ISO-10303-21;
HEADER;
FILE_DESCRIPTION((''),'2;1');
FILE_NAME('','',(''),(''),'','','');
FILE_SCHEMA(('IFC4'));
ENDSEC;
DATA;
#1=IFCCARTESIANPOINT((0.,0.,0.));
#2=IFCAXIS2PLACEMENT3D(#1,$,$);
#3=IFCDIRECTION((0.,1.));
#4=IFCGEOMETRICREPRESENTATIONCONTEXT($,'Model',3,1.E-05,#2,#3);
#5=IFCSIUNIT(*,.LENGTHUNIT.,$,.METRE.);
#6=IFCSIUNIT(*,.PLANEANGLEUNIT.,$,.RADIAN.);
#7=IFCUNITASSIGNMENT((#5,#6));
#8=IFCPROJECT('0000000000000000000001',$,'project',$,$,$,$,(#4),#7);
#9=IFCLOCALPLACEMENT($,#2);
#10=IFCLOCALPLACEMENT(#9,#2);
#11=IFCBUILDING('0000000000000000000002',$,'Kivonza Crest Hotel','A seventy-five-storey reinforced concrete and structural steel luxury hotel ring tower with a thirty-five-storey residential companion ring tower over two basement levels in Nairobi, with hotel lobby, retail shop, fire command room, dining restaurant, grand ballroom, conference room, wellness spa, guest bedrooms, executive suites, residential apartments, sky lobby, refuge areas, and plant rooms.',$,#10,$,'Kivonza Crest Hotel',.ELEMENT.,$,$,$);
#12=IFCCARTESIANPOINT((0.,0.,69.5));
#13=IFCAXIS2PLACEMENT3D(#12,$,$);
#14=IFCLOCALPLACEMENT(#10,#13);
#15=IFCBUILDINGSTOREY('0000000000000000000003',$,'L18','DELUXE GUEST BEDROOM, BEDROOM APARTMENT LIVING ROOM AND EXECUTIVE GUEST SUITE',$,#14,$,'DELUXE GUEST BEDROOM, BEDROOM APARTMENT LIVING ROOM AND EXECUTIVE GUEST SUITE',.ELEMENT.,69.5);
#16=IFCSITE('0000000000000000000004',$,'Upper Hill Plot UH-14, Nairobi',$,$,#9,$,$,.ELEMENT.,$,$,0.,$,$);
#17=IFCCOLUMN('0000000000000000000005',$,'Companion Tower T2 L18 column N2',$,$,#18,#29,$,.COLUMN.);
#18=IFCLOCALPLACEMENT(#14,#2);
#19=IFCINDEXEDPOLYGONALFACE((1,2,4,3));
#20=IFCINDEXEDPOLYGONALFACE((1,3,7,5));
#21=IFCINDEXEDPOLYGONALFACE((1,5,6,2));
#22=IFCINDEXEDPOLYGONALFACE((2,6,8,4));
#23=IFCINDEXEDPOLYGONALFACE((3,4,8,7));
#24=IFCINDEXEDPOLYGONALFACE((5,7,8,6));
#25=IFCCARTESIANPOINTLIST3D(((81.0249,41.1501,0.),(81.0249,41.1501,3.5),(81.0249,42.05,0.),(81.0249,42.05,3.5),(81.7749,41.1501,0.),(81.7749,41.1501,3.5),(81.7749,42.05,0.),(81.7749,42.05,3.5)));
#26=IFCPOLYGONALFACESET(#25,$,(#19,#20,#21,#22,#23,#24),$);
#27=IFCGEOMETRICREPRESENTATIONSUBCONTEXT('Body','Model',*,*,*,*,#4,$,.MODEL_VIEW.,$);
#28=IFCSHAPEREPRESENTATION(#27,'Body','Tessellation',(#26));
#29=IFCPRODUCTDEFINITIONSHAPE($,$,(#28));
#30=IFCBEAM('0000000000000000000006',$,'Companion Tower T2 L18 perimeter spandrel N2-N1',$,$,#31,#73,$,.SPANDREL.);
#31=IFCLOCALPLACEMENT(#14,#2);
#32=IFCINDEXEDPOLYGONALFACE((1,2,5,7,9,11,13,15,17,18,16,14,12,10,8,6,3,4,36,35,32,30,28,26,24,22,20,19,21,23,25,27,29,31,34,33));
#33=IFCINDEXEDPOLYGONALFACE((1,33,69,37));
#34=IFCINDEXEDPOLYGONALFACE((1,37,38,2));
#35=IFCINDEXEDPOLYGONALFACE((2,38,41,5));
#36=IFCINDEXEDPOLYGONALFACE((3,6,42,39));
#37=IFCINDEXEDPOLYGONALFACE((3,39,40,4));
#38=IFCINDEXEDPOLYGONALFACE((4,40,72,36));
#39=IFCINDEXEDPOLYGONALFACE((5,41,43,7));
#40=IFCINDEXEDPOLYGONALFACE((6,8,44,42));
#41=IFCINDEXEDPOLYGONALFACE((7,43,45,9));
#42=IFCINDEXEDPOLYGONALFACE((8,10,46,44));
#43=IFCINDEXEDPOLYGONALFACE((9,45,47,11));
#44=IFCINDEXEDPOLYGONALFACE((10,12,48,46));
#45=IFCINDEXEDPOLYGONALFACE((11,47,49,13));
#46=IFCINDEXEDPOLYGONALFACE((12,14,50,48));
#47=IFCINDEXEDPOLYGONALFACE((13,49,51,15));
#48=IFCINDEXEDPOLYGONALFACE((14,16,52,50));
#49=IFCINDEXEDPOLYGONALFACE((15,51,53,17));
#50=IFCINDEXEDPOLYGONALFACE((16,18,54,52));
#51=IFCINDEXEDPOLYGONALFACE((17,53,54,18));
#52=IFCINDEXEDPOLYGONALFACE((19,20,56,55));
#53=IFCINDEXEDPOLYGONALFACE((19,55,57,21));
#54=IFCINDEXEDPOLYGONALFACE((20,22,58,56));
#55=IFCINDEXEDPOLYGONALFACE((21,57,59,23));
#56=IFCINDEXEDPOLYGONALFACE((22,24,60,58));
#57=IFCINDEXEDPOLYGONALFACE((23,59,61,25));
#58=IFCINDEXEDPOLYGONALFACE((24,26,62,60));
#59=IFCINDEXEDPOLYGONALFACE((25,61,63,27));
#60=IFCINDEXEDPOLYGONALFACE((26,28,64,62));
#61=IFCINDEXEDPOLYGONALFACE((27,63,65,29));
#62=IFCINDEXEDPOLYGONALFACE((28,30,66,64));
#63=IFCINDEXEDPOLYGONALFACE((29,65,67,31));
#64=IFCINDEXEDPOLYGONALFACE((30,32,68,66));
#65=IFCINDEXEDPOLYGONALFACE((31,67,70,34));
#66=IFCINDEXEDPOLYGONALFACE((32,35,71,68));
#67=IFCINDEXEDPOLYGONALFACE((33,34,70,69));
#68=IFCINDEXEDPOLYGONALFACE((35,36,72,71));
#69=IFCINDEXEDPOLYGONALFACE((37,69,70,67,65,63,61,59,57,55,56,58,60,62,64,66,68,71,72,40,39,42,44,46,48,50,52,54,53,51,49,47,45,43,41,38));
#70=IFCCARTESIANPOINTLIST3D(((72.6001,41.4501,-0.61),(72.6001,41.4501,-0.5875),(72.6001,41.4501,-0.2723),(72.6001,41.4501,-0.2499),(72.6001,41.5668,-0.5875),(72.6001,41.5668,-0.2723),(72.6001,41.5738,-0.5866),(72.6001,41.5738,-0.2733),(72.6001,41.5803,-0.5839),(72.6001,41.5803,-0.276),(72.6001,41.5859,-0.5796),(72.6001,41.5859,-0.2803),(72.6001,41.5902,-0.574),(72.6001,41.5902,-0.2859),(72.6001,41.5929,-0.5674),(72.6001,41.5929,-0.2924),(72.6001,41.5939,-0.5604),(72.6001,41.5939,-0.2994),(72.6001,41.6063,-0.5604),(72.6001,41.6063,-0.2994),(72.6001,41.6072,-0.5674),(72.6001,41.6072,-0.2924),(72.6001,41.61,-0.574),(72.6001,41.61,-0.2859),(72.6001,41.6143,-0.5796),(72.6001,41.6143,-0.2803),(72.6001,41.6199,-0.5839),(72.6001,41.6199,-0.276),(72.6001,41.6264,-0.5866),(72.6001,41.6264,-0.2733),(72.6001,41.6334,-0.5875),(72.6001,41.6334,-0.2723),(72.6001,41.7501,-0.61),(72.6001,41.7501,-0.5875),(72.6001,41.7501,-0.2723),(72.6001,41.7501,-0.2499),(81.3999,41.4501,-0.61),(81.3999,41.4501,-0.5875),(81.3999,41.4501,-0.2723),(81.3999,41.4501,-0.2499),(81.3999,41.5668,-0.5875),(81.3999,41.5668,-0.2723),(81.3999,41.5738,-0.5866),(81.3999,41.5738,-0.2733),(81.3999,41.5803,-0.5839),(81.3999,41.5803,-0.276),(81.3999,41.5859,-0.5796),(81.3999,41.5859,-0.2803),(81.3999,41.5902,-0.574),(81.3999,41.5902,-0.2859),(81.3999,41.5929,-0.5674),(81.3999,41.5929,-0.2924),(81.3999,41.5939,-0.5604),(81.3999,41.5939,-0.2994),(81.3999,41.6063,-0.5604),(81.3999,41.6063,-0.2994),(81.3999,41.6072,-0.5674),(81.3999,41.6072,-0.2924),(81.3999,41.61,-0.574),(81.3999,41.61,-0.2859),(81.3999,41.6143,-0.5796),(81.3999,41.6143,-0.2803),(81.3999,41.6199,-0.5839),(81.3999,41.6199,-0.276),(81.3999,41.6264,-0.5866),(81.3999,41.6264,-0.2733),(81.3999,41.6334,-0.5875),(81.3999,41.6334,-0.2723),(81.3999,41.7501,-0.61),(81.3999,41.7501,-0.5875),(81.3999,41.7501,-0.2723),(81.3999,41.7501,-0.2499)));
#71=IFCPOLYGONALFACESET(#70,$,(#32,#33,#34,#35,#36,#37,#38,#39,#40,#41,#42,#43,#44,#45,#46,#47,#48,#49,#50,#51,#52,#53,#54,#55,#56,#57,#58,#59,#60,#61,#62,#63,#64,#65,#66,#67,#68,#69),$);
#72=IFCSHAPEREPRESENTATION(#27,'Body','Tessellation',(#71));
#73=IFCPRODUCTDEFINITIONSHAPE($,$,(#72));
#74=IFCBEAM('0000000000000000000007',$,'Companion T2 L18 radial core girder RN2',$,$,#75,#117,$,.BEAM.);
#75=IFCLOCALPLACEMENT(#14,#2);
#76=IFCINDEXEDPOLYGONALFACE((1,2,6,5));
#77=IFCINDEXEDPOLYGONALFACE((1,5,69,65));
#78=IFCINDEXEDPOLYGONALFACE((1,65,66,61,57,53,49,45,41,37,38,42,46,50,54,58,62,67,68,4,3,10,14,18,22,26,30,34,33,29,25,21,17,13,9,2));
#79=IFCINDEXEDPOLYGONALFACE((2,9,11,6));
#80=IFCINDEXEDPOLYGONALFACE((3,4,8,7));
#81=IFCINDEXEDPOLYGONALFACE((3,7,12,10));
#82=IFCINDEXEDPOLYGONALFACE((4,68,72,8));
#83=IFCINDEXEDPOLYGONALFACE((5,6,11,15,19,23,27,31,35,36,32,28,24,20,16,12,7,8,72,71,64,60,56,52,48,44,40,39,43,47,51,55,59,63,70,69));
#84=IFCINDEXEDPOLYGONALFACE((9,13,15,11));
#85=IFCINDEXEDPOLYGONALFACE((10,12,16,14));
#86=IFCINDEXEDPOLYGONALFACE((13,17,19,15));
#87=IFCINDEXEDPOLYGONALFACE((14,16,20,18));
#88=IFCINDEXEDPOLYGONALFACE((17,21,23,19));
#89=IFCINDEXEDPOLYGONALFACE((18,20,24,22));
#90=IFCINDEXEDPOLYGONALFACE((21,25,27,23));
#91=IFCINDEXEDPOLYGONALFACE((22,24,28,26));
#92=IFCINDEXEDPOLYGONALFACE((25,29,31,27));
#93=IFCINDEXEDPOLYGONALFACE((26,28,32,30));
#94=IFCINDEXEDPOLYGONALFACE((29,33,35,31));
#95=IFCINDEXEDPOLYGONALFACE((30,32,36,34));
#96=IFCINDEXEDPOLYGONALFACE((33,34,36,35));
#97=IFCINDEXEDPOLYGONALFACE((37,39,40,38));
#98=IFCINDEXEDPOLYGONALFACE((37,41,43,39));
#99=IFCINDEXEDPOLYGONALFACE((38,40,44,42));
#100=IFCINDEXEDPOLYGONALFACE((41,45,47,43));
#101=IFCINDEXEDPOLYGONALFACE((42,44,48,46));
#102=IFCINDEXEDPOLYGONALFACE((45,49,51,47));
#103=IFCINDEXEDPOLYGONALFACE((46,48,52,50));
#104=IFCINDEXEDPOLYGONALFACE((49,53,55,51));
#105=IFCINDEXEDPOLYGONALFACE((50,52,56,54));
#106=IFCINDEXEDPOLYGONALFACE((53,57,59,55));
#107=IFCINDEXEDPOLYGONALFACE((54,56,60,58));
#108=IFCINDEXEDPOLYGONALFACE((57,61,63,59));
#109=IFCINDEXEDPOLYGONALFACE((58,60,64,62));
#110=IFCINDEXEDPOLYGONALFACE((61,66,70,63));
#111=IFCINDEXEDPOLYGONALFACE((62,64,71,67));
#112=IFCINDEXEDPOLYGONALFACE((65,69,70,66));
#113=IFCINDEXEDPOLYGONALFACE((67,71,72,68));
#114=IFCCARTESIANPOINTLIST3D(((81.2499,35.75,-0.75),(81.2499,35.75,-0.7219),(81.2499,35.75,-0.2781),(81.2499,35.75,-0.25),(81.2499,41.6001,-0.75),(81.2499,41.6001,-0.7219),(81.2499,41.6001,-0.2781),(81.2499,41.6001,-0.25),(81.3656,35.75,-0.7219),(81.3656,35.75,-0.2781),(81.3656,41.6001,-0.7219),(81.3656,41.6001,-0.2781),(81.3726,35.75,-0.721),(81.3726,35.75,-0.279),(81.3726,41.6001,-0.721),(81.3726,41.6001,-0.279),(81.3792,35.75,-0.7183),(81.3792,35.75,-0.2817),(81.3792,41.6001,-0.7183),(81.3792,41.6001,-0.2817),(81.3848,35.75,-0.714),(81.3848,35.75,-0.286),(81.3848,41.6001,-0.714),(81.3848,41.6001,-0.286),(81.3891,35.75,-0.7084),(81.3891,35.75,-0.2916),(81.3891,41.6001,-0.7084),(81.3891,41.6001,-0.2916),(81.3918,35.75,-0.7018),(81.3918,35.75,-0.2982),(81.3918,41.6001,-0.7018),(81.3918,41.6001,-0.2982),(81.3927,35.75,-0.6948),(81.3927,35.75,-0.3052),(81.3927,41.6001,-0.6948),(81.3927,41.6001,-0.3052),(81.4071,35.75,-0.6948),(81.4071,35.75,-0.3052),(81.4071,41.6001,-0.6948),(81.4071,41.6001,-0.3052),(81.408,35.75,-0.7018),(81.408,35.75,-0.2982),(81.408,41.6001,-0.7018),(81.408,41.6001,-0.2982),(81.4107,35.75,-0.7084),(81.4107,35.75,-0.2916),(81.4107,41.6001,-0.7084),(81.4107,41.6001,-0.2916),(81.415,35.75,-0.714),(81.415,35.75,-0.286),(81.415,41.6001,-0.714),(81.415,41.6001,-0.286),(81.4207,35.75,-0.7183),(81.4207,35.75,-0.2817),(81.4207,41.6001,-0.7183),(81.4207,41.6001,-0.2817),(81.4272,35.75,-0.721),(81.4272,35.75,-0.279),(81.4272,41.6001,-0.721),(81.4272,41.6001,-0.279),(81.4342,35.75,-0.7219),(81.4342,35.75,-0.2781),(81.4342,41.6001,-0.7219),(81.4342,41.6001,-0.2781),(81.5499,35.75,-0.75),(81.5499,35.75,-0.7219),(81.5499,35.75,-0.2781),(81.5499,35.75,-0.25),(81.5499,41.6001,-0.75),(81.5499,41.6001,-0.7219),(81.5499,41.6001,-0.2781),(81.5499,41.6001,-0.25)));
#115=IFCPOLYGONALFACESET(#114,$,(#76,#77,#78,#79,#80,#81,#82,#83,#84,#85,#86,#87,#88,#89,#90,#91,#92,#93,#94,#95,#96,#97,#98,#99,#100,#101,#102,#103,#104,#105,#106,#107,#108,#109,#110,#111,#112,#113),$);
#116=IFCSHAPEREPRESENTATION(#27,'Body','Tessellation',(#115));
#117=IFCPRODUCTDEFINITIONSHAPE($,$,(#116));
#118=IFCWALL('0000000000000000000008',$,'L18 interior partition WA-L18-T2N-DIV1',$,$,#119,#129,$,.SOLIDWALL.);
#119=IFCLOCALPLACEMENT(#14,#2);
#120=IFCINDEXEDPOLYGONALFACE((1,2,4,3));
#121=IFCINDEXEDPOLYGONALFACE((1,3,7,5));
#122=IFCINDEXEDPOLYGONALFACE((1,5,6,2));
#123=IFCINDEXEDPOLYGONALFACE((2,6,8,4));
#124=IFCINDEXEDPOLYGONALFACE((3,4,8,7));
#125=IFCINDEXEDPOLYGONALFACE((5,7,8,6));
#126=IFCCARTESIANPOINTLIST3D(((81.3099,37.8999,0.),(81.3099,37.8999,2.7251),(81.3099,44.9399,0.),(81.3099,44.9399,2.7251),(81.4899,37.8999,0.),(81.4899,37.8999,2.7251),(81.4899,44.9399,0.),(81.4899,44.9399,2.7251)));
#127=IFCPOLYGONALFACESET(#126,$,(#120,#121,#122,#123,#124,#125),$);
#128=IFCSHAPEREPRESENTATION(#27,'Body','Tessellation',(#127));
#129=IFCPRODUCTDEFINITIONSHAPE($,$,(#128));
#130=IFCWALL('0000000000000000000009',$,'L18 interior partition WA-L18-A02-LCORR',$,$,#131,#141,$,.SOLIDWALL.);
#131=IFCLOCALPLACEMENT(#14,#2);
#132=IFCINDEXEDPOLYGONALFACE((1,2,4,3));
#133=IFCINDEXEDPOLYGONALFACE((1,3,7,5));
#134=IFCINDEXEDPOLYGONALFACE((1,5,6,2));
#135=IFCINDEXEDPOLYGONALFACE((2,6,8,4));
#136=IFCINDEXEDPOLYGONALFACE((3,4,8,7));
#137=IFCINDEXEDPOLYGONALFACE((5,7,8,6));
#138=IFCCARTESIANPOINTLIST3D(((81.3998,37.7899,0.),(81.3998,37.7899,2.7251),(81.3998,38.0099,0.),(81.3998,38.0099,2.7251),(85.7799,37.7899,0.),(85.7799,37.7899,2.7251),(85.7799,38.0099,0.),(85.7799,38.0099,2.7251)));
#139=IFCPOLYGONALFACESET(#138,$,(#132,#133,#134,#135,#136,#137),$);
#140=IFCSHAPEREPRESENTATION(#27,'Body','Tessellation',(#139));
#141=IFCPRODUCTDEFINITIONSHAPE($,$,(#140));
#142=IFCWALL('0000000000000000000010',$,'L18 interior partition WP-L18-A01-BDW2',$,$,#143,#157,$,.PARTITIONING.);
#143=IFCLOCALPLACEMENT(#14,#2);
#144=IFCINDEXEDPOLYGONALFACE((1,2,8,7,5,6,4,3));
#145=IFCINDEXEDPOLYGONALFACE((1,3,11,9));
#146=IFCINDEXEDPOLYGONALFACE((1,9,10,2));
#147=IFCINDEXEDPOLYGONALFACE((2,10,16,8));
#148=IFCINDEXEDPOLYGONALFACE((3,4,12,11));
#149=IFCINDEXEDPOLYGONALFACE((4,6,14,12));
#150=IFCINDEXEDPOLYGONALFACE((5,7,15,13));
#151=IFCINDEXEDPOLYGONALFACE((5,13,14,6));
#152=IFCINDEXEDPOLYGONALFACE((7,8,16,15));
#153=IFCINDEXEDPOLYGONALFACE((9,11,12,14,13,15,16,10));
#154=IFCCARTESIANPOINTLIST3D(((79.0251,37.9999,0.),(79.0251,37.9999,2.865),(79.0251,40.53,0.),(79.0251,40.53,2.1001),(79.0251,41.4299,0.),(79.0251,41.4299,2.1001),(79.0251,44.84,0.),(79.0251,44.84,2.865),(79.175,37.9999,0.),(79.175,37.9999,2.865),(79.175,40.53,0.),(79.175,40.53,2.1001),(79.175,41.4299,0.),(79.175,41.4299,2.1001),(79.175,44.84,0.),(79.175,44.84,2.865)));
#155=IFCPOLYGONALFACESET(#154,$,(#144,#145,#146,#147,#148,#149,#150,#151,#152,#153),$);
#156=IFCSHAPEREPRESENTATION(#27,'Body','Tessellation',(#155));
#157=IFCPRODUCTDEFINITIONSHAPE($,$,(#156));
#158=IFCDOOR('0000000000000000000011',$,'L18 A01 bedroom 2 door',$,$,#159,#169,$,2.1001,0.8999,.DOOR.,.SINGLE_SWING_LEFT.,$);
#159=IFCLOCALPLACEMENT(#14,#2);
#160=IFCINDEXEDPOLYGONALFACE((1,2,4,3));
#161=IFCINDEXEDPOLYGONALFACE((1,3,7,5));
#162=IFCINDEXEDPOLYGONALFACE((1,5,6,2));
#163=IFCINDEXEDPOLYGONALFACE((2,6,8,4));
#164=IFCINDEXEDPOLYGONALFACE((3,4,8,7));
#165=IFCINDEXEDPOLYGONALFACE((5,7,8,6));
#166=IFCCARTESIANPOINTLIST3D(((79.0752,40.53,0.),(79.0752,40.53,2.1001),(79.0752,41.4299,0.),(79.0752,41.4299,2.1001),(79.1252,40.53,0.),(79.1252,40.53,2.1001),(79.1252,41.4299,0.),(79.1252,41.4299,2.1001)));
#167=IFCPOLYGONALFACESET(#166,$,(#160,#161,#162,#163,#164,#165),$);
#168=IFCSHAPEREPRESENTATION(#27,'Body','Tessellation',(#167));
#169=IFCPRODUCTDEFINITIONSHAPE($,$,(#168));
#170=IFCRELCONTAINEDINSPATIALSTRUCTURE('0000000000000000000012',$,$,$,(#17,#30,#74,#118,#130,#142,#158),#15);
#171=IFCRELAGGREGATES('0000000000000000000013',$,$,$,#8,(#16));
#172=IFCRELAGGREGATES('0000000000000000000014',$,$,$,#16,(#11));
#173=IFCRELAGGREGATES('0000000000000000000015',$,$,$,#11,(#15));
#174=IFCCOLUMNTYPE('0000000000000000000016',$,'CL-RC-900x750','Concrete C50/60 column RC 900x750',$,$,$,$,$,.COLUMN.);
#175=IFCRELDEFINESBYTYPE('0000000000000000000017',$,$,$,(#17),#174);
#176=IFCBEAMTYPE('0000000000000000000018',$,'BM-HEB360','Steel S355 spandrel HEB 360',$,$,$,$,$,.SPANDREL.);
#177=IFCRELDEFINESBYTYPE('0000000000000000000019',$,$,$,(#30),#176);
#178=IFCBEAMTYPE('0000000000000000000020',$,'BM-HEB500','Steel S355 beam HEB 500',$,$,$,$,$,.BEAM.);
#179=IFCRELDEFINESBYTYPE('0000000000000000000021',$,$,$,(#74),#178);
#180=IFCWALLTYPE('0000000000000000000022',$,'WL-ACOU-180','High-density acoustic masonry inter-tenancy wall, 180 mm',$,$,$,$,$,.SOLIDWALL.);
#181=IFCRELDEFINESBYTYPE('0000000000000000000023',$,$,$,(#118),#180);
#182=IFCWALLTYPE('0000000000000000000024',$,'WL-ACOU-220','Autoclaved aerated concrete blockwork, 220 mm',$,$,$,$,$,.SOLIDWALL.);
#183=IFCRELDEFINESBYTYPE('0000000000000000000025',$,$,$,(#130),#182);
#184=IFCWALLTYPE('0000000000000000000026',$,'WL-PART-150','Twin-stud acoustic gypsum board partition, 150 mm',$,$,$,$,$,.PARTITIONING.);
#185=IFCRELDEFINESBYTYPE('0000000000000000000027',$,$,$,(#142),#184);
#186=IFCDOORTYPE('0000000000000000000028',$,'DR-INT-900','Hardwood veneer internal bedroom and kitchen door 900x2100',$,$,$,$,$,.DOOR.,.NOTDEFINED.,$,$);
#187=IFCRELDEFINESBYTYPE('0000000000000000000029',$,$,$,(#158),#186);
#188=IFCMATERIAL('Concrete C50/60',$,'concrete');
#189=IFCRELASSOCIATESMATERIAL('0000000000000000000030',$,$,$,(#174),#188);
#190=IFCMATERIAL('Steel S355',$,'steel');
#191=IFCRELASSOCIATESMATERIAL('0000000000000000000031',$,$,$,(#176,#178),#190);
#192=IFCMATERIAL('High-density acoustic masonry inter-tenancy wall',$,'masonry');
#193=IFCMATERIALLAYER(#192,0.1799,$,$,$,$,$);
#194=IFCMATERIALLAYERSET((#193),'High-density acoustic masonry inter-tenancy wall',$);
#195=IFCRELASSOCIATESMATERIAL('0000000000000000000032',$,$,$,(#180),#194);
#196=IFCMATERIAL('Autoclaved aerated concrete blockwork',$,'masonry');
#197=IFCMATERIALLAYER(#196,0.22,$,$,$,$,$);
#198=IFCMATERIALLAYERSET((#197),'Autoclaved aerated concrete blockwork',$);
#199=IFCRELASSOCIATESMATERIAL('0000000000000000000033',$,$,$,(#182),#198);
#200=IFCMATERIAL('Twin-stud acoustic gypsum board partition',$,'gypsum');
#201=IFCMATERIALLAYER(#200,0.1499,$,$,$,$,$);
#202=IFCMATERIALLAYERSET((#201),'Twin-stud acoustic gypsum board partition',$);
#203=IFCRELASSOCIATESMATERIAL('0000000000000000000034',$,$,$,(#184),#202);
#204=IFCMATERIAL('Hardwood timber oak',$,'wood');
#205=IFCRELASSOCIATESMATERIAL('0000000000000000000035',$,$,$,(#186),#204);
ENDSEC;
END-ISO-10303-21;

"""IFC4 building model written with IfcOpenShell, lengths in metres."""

from ifc_helpers import new_model, si_unit, direction, frame, frame_2d, origin, origin_2d, place, context, subcontext, project, spatial, rectangle, i_section, extrude, material, layer, layer_set, material_profile, profile_set, type_object, element, fill, save


model = new_model("IFC4")

# Units and contexts
model_context = context("Model", 3, precision=1e-05, world=origin(), true_north=direction((0.0, 1.0)))
body_context = subcontext(model_context, "Body", "Model", "MODEL_VIEW")
ifc_project = project(units=[si_unit("LENGTHUNIT", "METRE"), si_unit("PLANEANGLEUNIT", "RADIAN")], contexts=[model_context])

# Site, building, storey
site_placement = place(None, origin())
site = spatial("IfcSite", under=ifc_project, at=site_placement, Name="Upper Hill Plot UH-14, Nairobi", CompositionType="ELEMENT", RefElevation=0.0)
building_placement = place(site_placement, origin())
building = spatial("IfcBuilding", under=site, at=building_placement, Name="Kivonza Crest Hotel", Description="A seventy-five-storey reinforced concrete and structural steel luxury hotel ring tower with a thirty-five-storey residential companion ring tower over two basement levels in Nairobi, with hotel lobby, retail shop, fire command room, dining restaurant, grand ballroom, conference room, wellness spa, guest bedrooms, executive suites, residential apartments, sky lobby, refuge areas, and plant rooms.", LongName="Kivonza Crest Hotel", CompositionType="ELEMENT")
storey_placement = place(building_placement, frame((0.0, 0.0, 69.5)))
storey = spatial("IfcBuildingStorey", under=building, at=storey_placement, Name="L18", Description="DELUXE GUEST BEDROOM, BEDROOM APARTMENT LIVING ROOM AND EXECUTIVE GUEST SUITE", LongName="DELUXE GUEST BEDROOM, BEDROOM APARTMENT LIVING ROOM AND EXECUTIVE GUEST SUITE", CompositionType="ELEMENT", Elevation=69.5)

# Column
ifc_material_1 = material(Name="Concrete C50/60", Category="concrete")
ifc_material_profile_1 = material_profile(ifc_material_1, rectangle(XDim=0.75, YDim=0.8999, at=origin_2d()), Name="RC 900x750")
ifc_profile_set_1 = profile_set([ifc_material_profile_1], Name="Concrete C50/60")
column_type = type_object("IfcColumnType", Name="CL-RC-900x750", Description="Concrete C50/60 column RC 900x750", PredefinedType="COLUMN", material=ifc_profile_set_1)
column_placement = place(storey_placement, frame((81.3999, 41.6001, 0.0), z_axis=(0.0, 0.0, 1.0), x_axis=(1.0, 0.0, 0.0)))
element("IfcColumn", 1, at=column_placement, inside=storey, type_object=column_type, Name="Companion Tower T2 L18 column N2", PredefinedType="COLUMN", context=body_context, shape_type="SweptSolid", body=[
    extrude(rectangle(XDim=0.75, YDim=0.8999, at=origin_2d()), origin(), (0.0, 0.0, 1.0), 3.5),
])

# Beams
ifc_material_2 = material(Name="Steel S355", Category="steel")
ifc_material_profile_2 = material_profile(ifc_material_2, i_section(OverallWidth=0.3, OverallDepth=0.3601, WebThickness=0.0125, FlangeThickness=0.0225, FilletRadius=0.0271, at=origin_2d()), Name="HEB 360")
ifc_profile_set_2 = profile_set([ifc_material_profile_2], Name="Steel S355")
beam_type_1 = type_object("IfcBeamType", Name="BM-HEB360", Description="Steel S355 spandrel HEB 360", PredefinedType="SPANDREL", material=ifc_profile_set_2)
beam_1_placement = place(storey_placement, frame((81.3999, 41.6001, -0.4299), z_axis=(-1.0, 0.0, 0.0), x_axis=(0.0, -1.0, 0.0)))
element("IfcBeam", 2, at=beam_1_placement, inside=storey, type_object=beam_type_1, Name="Companion Tower T2 L18 perimeter spandrel N2-N1", PredefinedType="SPANDREL", context=body_context, shape_type="SweptSolid", body=[
    extrude(i_section(OverallWidth=0.3, OverallDepth=0.3601, WebThickness=0.0125, FlangeThickness=0.0225, FilletRadius=0.0271, at=origin_2d()), origin(), (0.0, 0.0, 1.0), 8.7998),
])
ifc_material_profile_3 = material_profile(ifc_material_2, i_section(OverallWidth=0.3, OverallDepth=0.5, WebThickness=0.0144, FlangeThickness=0.0281, FilletRadius=0.0271, at=origin_2d()), Name="HEB 500")
ifc_profile_set_3 = profile_set([ifc_material_profile_3], Name="Steel S355")
beam_type_2 = type_object("IfcBeamType", Name="BM-HEB500", Description="Steel S355 beam HEB 500", PredefinedType="BEAM", material=ifc_profile_set_3)
beam_2_placement = place(storey_placement, frame((81.3999, 41.6001, -0.5), z_axis=(0.0, -1.0, 0.0), x_axis=(1.0, 0.0, 0.0)))
element("IfcBeam", 3, at=beam_2_placement, inside=storey, type_object=beam_type_2, Name="Companion T2 L18 radial core girder RN2", PredefinedType="BEAM", context=body_context, shape_type="SweptSolid", body=[
    extrude(i_section(OverallWidth=0.3, OverallDepth=0.5, WebThickness=0.0144, FlangeThickness=0.0281, FilletRadius=0.0271, at=origin_2d()), origin(), (0.0, 0.0, 1.0), 5.8501),
])

# Walls
ifc_material_3 = material(Name="High-density acoustic masonry inter-tenancy wall", Category="masonry")
ifc_layer_1 = layer(ifc_material_3, 0.1799)
ifc_layer_set_1 = layer_set([ifc_layer_1], Name="High-density acoustic masonry inter-tenancy wall")
wall_type_1 = type_object("IfcWallType", Name="WL-ACOU-180", Description="High-density acoustic masonry inter-tenancy wall, 180 mm", PredefinedType="SOLIDWALL", material=ifc_layer_set_1)
wall_1_placement = place(storey_placement, frame((81.3999, 37.8999, 0.0), z_axis=(0.0, 0.0, 1.0), x_axis=(0.0, 1.0, 0.0)))
element("IfcWall", 4, at=wall_1_placement, inside=storey, type_object=wall_type_1, Name="L18 interior partition WA-L18-T2N-DIV1", PredefinedType="SOLIDWALL", context=body_context, shape_type="SweptSolid", body=[
    extrude(rectangle(XDim=7.04, YDim=0.1799, at=frame_2d((3.52, 0.0))), origin(), (0.0, 0.0, 1.0), 2.7251),
])
ifc_material_4 = material(Name="Autoclaved aerated concrete blockwork", Category="masonry")
ifc_layer_2 = layer(ifc_material_4, 0.22)
ifc_layer_set_2 = layer_set([ifc_layer_2], Name="Autoclaved aerated concrete blockwork")
wall_type_2 = type_object("IfcWallType", Name="WL-ACOU-220", Description="Autoclaved aerated concrete blockwork, 220 mm", PredefinedType="SOLIDWALL", material=ifc_layer_set_2)
wall_2_placement = place(storey_placement, frame((81.3999, 37.8999, 0.0), z_axis=(0.0, 0.0, 1.0), x_axis=(1.0, 0.0, 0.0)))
element("IfcWall", 5, at=wall_2_placement, inside=storey, type_object=wall_type_2, Name="L18 interior partition WA-L18-A02-LCORR", PredefinedType="SOLIDWALL", context=body_context, shape_type="SweptSolid", body=[
    extrude(rectangle(XDim=4.3801, YDim=0.22, at=frame_2d((2.1899, 0.0))), origin(), (0.0, 0.0, 1.0), 2.7251),
])

# Wall, opening, door
ifc_material_5 = material(Name="Twin-stud acoustic gypsum board partition", Category="gypsum")
ifc_layer_3 = layer(ifc_material_5, 0.1499)
ifc_layer_set_3 = layer_set([ifc_layer_3], Name="Twin-stud acoustic gypsum board partition")
wall_type_3 = type_object("IfcWallType", Name="WL-PART-150", Description="Twin-stud acoustic gypsum board partition, 150 mm", PredefinedType="PARTITIONING", material=ifc_layer_set_3)
wall_3_placement = place(storey_placement, frame((79.1001, 38.0, 0.0), z_axis=(0.0, 0.0, 1.0), x_axis=(0.0, 1.0, 0.0)))
wall_3 = element("IfcWall", 6, at=wall_3_placement, inside=storey, type_object=wall_type_3, Name="L18 interior partition WP-L18-A01-BDW2", PredefinedType="PARTITIONING", context=body_context, shape_type="SweptSolid", body=[
    extrude(rectangle(XDim=6.8401, YDim=0.1499, at=frame_2d((3.4199, 0.0))), origin(), (0.0, 0.0, 1.0), 2.865),
])
opening_1_placement = place(wall_3_placement, frame((2.53, 0.0, 0.0)))
opening_1 = element("IfcOpeningElement", 7, at=opening_1_placement, cuts=wall_3, PredefinedType="OPENING", context=body_context, shape_type="SweptSolid", body=[
    extrude(rectangle(XDim=0.8999, YDim=2.1001, at=frame_2d((0.45, 1.05))), frame((0.0, 0.085, 0.0), z_axis=(0.0, -1.0, 0.0), x_axis=(1.0, 0.0, 0.0)), (0.0, 0.0, 1.0), 0.1699),
])
ifc_material_6 = material(Name="Hardwood timber oak", Category="wood")
door_type_1 = type_object("IfcDoorType", Name="DR-INT-900", Description="Hardwood veneer internal bedroom and kitchen door 900x2100", OperationType="NOTDEFINED", PredefinedType="DOOR", material=ifc_material_6)
door_1_placement = place(opening_1_placement, origin())
door_1 = element("IfcDoor", 8, at=door_1_placement, inside=storey, type_object=door_type_1, Name="L18 A01 bedroom 2 door", OperationType="SINGLE_SWING_LEFT", OverallHeight=2.1001, OverallWidth=0.8999, PredefinedType="DOOR", context=body_context, shape_type="SweptSolid", body=[
    extrude(rectangle(XDim=0.8999, YDim=2.1001, at=frame_2d((0.45, 1.05))), frame((0.0, 0.0249, 0.0), z_axis=(0.0, -1.0, 0.0), x_axis=(1.0, 0.0, 0.0)), (0.0, 0.0, 1.0), 0.05),
])
fill(opening_1, door_1)

save(model, "model.ifc")
